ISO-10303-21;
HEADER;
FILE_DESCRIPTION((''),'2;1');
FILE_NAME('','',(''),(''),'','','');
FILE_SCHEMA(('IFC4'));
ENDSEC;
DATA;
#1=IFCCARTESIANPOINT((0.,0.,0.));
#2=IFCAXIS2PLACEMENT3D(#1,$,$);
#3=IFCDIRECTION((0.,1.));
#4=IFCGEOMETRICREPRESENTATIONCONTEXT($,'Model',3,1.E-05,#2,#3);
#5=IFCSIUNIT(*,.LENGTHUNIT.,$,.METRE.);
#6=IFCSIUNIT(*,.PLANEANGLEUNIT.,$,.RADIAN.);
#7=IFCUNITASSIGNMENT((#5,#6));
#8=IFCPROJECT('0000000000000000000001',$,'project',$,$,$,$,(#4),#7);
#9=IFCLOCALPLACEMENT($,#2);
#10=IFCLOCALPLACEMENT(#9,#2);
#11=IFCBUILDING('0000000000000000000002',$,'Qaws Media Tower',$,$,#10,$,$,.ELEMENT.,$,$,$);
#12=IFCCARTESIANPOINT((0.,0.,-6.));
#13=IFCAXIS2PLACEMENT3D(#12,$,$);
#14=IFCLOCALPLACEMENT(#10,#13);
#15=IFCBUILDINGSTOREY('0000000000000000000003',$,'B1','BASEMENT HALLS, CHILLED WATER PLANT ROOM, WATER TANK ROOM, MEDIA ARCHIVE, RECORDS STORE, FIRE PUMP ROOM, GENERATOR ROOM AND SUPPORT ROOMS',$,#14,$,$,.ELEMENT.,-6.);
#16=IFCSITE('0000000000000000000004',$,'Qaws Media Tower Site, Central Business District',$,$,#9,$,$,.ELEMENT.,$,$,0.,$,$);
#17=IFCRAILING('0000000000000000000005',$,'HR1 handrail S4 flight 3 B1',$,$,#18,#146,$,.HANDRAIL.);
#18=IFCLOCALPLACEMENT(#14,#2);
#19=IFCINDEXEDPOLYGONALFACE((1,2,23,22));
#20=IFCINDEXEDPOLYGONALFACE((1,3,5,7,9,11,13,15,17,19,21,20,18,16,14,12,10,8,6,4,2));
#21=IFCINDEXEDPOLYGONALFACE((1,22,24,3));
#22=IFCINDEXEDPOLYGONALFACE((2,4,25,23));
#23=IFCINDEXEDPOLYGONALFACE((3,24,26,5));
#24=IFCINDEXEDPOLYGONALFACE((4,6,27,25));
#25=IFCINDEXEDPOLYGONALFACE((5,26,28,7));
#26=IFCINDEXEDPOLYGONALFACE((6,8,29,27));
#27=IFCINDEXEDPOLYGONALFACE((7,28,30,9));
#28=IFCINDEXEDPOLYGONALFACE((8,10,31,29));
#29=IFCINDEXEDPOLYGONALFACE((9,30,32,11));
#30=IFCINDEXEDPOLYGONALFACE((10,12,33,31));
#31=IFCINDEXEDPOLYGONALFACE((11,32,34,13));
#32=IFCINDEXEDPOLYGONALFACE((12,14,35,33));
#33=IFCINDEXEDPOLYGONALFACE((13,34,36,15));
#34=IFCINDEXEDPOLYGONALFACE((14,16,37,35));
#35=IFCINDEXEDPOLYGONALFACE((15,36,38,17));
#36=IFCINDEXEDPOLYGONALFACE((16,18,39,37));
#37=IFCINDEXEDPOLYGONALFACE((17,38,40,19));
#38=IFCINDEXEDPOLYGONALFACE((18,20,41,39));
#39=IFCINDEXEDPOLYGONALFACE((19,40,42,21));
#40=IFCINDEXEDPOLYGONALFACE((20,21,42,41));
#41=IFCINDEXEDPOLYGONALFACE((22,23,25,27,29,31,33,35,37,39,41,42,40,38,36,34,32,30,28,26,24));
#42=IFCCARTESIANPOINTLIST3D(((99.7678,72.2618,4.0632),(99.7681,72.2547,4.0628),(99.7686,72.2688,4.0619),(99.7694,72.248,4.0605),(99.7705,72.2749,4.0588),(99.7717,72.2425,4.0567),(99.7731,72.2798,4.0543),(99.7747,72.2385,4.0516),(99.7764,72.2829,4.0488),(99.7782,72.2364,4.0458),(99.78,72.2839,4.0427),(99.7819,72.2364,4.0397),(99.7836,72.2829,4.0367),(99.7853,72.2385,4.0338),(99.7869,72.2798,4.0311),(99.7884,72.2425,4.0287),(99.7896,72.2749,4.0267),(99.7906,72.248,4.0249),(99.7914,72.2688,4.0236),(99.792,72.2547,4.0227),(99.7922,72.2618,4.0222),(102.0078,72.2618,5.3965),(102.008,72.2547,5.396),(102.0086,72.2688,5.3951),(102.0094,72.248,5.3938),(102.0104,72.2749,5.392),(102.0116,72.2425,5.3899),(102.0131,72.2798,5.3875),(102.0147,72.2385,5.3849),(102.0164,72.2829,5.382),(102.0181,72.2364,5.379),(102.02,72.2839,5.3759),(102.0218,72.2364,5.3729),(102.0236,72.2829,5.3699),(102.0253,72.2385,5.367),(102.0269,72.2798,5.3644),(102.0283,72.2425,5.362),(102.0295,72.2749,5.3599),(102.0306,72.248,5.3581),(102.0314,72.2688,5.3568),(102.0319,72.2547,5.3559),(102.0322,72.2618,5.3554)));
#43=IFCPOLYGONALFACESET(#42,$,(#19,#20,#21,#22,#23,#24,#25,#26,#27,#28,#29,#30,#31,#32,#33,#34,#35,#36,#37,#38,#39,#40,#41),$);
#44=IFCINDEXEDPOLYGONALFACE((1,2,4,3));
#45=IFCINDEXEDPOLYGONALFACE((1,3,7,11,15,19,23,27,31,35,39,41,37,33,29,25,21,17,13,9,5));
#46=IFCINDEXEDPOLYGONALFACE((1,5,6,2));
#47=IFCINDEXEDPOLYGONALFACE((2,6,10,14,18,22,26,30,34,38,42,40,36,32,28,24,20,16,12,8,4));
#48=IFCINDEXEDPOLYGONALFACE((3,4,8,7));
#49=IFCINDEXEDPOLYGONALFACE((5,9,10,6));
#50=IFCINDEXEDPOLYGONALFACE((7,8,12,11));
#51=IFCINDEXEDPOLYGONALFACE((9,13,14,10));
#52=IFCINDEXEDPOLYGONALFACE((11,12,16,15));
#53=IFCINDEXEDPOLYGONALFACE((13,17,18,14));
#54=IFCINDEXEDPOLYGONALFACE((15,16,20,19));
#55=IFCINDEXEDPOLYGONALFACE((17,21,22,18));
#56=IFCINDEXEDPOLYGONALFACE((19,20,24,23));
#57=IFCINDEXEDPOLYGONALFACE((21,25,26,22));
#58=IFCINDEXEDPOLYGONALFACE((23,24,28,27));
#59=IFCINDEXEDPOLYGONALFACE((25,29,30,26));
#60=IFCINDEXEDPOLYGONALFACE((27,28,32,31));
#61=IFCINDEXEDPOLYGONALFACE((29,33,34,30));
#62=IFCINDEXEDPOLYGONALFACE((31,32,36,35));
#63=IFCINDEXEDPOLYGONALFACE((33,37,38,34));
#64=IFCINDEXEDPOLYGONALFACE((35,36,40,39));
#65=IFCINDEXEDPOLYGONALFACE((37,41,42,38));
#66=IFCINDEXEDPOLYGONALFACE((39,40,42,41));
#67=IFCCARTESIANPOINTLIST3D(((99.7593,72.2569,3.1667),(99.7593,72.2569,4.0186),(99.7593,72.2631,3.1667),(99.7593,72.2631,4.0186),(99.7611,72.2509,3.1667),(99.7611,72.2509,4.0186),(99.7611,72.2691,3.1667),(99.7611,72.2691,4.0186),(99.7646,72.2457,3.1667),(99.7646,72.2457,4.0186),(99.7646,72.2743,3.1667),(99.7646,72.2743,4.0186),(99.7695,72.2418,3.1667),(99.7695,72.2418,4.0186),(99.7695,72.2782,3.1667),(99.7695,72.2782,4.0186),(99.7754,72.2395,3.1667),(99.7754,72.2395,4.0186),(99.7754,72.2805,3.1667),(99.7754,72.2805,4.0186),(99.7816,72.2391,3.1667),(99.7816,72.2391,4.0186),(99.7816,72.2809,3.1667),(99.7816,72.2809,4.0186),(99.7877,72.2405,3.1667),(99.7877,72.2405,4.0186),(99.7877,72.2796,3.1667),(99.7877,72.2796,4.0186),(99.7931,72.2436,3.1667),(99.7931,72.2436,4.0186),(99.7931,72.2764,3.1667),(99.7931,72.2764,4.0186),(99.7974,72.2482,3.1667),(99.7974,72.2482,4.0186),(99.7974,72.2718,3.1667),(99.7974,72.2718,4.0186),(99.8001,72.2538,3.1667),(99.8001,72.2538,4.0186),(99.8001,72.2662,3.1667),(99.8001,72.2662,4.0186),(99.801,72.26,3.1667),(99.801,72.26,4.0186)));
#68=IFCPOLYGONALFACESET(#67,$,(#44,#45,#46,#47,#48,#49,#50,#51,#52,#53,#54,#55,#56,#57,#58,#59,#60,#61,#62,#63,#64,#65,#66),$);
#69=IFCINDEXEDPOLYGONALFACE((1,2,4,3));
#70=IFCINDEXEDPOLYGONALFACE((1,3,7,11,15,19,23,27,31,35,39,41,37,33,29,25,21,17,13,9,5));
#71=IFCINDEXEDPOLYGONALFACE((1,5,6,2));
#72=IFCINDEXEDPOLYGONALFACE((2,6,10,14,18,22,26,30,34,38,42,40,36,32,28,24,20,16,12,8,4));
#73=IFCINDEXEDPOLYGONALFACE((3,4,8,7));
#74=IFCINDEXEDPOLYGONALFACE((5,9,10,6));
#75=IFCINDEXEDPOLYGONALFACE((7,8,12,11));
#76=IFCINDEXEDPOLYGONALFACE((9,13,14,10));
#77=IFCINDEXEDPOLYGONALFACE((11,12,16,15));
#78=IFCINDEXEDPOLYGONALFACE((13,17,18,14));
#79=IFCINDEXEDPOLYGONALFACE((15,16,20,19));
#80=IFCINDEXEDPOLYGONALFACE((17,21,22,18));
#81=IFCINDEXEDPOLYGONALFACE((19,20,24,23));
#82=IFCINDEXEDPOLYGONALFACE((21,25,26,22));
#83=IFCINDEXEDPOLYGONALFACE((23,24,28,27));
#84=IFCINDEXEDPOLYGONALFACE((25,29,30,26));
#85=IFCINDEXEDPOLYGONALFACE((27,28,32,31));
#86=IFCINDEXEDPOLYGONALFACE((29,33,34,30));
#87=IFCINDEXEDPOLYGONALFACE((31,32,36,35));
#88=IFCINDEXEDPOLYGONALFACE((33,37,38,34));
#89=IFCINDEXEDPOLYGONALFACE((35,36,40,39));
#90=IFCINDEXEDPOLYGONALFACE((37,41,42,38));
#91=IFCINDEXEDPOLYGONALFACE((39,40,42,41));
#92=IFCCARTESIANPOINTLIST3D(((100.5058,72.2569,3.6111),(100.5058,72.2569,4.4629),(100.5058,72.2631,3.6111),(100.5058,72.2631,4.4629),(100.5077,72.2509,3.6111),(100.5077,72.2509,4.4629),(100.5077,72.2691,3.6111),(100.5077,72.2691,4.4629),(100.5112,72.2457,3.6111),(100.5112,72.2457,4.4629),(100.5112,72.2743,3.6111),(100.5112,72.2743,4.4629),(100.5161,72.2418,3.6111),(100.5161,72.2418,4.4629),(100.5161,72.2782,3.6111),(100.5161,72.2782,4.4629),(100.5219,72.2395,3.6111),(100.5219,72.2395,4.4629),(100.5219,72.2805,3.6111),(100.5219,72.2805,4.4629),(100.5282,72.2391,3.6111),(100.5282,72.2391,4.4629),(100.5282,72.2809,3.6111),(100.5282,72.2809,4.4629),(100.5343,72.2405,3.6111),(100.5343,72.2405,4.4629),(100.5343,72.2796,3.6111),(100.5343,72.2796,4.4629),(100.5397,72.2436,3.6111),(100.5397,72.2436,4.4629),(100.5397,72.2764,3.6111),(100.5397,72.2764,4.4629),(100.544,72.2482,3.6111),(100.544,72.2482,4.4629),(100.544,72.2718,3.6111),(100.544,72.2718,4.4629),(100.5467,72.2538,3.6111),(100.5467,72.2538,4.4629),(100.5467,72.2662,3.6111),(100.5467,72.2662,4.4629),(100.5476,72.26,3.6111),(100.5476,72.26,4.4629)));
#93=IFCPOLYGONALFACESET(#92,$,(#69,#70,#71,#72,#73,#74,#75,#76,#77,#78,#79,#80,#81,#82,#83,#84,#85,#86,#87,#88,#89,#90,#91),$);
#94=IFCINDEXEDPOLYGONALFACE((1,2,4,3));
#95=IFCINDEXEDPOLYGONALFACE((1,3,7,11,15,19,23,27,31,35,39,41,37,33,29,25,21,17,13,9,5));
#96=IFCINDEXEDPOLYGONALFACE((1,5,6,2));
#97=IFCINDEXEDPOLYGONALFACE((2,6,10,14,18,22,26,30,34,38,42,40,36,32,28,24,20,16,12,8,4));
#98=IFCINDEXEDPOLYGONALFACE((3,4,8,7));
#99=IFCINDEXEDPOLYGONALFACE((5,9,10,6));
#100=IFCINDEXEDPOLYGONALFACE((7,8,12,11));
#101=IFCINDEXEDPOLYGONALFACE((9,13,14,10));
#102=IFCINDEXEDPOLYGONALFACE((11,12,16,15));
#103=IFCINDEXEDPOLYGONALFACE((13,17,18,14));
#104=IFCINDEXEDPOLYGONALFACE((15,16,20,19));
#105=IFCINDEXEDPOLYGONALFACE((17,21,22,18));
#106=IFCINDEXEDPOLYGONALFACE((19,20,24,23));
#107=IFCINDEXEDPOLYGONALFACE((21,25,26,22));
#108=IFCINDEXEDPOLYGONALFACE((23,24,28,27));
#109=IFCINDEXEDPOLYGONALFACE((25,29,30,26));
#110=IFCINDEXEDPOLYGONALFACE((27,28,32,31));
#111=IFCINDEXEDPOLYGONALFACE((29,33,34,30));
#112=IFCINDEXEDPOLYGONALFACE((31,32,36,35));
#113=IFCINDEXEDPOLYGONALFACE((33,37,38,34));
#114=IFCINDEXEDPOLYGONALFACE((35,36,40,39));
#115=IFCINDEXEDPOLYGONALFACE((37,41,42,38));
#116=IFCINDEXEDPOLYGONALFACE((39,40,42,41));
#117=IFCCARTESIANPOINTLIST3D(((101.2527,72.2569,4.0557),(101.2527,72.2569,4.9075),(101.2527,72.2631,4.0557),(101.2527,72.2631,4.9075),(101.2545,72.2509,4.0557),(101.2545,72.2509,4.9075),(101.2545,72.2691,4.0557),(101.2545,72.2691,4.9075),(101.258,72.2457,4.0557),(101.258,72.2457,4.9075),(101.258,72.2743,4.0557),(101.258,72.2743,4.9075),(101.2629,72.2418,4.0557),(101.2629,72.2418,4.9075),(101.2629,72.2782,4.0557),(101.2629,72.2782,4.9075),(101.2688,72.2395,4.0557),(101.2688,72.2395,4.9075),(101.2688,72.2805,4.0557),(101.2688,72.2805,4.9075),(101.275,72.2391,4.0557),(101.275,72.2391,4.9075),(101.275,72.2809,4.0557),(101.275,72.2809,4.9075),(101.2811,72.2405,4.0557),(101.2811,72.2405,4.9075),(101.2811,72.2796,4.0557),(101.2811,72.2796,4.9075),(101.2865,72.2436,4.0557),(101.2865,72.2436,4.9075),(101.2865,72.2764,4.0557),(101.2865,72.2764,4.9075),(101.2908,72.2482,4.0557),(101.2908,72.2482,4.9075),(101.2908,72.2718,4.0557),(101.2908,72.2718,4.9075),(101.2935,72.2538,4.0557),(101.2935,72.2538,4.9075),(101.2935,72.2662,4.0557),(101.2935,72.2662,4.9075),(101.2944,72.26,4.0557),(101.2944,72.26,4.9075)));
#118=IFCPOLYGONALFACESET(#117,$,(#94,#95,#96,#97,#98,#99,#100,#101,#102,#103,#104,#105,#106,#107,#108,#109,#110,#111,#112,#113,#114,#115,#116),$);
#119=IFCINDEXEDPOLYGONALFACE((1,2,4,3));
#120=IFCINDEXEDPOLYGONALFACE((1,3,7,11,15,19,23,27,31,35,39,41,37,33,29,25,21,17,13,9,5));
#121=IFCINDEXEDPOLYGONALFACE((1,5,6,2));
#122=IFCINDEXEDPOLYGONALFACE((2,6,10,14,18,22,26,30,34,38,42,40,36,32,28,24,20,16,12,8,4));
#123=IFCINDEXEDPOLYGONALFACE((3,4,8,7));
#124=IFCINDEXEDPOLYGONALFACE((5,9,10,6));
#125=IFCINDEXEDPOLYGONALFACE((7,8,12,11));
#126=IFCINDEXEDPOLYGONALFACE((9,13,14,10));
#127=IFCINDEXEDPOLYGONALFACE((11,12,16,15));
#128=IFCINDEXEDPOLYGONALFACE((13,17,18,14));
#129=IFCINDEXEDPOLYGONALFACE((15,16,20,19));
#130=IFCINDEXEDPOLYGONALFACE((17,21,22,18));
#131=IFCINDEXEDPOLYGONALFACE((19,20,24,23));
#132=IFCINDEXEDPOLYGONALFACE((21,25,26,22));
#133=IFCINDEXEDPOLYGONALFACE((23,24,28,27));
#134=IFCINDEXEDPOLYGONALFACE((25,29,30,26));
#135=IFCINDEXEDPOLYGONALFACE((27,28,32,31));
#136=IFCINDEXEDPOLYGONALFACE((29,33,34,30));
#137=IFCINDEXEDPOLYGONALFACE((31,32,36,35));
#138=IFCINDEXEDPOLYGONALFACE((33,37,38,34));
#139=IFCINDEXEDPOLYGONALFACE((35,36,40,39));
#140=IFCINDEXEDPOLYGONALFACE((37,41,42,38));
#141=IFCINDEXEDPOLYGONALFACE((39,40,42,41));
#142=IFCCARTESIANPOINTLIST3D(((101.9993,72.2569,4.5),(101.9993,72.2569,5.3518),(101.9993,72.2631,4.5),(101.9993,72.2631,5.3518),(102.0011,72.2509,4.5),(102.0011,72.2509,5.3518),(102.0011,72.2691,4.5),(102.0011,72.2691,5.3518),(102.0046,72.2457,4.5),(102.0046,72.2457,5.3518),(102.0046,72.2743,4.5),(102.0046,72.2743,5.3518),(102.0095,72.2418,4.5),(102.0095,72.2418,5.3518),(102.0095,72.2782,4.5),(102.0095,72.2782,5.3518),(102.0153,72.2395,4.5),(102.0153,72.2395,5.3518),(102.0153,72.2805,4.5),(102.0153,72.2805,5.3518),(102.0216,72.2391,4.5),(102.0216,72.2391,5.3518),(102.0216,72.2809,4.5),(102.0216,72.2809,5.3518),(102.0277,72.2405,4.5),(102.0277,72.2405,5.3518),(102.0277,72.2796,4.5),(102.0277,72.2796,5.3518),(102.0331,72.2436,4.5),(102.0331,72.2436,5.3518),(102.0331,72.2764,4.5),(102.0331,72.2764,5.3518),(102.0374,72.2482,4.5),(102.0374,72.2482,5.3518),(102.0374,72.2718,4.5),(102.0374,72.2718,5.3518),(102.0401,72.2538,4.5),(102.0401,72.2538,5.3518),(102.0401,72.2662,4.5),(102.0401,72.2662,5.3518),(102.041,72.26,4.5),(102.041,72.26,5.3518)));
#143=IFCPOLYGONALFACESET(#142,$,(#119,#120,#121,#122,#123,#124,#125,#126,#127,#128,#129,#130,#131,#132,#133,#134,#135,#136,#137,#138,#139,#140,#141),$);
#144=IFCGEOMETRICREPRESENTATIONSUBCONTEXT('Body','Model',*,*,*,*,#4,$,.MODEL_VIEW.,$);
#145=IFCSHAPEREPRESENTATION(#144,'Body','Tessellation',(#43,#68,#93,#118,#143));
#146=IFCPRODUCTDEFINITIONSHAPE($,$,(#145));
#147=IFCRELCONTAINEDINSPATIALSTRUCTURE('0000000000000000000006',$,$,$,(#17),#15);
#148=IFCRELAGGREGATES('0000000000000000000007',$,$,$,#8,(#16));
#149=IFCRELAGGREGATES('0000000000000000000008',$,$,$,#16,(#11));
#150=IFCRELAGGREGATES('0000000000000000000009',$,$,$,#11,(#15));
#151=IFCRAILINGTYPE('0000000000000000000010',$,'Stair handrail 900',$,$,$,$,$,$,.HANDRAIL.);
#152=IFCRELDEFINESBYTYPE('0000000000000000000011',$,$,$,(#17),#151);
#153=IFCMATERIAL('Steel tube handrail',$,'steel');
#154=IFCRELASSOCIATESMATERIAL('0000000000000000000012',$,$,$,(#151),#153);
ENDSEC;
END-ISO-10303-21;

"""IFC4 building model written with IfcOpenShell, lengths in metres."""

from ifc_helpers import new_model, si_unit, direction, frame, origin, origin_2d, place, context, subcontext, project, spatial, circle, extrude, material, type_object, element, save


model = new_model("IFC4")

# Units and contexts
model_context = context("Model", 3, precision=1e-05, world=origin(), true_north=direction((0.0, 1.0)))
body_context = subcontext(model_context, "Body", "Model", "MODEL_VIEW")
ifc_project = project(units=[si_unit("LENGTHUNIT", "METRE"), si_unit("PLANEANGLEUNIT", "RADIAN")], contexts=[model_context])

# Site, building, storey
site_placement = place(None, origin())
site = spatial("IfcSite", under=ifc_project, at=site_placement, Name="Qaws Media Tower Site, Central Business District", CompositionType="ELEMENT", RefElevation=0.0)
building_placement = place(site_placement, origin())
building = spatial("IfcBuilding", under=site, at=building_placement, Name="Qaws Media Tower", CompositionType="ELEMENT")
storey_placement = place(building_placement, frame((0.0, 0.0, -6.0)))
storey = spatial("IfcBuildingStorey", under=building, at=storey_placement, Name="B1", Description="BASEMENT HALLS, CHILLED WATER PLANT ROOM, WATER TANK ROOM, MEDIA ARCHIVE, RECORDS STORE, FIRE PUMP ROOM, GENERATOR ROOM AND SUPPORT ROOMS", CompositionType="ELEMENT", Elevation=-6.0)

# Railing
ifc_material_1 = material(Name="Steel tube handrail", Category="steel")
railing_type = type_object("IfcRailingType", Name="Stair handrail 900", PredefinedType="HANDRAIL", material=ifc_material_1)
for number, where, name in (
    (1, (99.78, 72.26, 3.1667), "HR1 handrail S4 flight 3 B1"),
):
    element("IfcRailing", number, at=place(storey_placement, frame(where)), inside=storey, type_object=railing_type, Name=name, PredefinedType="HANDRAIL", context=body_context, shape_type="SweptSolid", body=[
        extrude(circle(Radius=0.0239, at=origin_2d()), frame((0.0, 0.0, 0.876), z_axis=(0.859306, 0.0, 0.511462), x_axis=(0.0, 1.0, 0.0)), (0.0, 0.0, 1.0), 2.6067),
        extrude(circle(Radius=0.021, at=origin_2d()), origin(), (0.0, 0.0, 1.0), 0.8518),
        extrude(circle(Radius=0.021, at=origin_2d()), frame((0.7466, 0.0, 0.4443)), (0.0, 0.0, 1.0), 0.8518),
        extrude(circle(Radius=0.021, at=origin_2d()), frame((1.4934, 0.0, 0.8889)), (0.0, 0.0, 1.0), 0.8518),
        extrude(circle(Radius=0.021, at=origin_2d()), frame((2.24, 0.0, 1.3333)), (0.0, 0.0, 1.0), 0.8518),
    ])

save(model, "model.ifc")
